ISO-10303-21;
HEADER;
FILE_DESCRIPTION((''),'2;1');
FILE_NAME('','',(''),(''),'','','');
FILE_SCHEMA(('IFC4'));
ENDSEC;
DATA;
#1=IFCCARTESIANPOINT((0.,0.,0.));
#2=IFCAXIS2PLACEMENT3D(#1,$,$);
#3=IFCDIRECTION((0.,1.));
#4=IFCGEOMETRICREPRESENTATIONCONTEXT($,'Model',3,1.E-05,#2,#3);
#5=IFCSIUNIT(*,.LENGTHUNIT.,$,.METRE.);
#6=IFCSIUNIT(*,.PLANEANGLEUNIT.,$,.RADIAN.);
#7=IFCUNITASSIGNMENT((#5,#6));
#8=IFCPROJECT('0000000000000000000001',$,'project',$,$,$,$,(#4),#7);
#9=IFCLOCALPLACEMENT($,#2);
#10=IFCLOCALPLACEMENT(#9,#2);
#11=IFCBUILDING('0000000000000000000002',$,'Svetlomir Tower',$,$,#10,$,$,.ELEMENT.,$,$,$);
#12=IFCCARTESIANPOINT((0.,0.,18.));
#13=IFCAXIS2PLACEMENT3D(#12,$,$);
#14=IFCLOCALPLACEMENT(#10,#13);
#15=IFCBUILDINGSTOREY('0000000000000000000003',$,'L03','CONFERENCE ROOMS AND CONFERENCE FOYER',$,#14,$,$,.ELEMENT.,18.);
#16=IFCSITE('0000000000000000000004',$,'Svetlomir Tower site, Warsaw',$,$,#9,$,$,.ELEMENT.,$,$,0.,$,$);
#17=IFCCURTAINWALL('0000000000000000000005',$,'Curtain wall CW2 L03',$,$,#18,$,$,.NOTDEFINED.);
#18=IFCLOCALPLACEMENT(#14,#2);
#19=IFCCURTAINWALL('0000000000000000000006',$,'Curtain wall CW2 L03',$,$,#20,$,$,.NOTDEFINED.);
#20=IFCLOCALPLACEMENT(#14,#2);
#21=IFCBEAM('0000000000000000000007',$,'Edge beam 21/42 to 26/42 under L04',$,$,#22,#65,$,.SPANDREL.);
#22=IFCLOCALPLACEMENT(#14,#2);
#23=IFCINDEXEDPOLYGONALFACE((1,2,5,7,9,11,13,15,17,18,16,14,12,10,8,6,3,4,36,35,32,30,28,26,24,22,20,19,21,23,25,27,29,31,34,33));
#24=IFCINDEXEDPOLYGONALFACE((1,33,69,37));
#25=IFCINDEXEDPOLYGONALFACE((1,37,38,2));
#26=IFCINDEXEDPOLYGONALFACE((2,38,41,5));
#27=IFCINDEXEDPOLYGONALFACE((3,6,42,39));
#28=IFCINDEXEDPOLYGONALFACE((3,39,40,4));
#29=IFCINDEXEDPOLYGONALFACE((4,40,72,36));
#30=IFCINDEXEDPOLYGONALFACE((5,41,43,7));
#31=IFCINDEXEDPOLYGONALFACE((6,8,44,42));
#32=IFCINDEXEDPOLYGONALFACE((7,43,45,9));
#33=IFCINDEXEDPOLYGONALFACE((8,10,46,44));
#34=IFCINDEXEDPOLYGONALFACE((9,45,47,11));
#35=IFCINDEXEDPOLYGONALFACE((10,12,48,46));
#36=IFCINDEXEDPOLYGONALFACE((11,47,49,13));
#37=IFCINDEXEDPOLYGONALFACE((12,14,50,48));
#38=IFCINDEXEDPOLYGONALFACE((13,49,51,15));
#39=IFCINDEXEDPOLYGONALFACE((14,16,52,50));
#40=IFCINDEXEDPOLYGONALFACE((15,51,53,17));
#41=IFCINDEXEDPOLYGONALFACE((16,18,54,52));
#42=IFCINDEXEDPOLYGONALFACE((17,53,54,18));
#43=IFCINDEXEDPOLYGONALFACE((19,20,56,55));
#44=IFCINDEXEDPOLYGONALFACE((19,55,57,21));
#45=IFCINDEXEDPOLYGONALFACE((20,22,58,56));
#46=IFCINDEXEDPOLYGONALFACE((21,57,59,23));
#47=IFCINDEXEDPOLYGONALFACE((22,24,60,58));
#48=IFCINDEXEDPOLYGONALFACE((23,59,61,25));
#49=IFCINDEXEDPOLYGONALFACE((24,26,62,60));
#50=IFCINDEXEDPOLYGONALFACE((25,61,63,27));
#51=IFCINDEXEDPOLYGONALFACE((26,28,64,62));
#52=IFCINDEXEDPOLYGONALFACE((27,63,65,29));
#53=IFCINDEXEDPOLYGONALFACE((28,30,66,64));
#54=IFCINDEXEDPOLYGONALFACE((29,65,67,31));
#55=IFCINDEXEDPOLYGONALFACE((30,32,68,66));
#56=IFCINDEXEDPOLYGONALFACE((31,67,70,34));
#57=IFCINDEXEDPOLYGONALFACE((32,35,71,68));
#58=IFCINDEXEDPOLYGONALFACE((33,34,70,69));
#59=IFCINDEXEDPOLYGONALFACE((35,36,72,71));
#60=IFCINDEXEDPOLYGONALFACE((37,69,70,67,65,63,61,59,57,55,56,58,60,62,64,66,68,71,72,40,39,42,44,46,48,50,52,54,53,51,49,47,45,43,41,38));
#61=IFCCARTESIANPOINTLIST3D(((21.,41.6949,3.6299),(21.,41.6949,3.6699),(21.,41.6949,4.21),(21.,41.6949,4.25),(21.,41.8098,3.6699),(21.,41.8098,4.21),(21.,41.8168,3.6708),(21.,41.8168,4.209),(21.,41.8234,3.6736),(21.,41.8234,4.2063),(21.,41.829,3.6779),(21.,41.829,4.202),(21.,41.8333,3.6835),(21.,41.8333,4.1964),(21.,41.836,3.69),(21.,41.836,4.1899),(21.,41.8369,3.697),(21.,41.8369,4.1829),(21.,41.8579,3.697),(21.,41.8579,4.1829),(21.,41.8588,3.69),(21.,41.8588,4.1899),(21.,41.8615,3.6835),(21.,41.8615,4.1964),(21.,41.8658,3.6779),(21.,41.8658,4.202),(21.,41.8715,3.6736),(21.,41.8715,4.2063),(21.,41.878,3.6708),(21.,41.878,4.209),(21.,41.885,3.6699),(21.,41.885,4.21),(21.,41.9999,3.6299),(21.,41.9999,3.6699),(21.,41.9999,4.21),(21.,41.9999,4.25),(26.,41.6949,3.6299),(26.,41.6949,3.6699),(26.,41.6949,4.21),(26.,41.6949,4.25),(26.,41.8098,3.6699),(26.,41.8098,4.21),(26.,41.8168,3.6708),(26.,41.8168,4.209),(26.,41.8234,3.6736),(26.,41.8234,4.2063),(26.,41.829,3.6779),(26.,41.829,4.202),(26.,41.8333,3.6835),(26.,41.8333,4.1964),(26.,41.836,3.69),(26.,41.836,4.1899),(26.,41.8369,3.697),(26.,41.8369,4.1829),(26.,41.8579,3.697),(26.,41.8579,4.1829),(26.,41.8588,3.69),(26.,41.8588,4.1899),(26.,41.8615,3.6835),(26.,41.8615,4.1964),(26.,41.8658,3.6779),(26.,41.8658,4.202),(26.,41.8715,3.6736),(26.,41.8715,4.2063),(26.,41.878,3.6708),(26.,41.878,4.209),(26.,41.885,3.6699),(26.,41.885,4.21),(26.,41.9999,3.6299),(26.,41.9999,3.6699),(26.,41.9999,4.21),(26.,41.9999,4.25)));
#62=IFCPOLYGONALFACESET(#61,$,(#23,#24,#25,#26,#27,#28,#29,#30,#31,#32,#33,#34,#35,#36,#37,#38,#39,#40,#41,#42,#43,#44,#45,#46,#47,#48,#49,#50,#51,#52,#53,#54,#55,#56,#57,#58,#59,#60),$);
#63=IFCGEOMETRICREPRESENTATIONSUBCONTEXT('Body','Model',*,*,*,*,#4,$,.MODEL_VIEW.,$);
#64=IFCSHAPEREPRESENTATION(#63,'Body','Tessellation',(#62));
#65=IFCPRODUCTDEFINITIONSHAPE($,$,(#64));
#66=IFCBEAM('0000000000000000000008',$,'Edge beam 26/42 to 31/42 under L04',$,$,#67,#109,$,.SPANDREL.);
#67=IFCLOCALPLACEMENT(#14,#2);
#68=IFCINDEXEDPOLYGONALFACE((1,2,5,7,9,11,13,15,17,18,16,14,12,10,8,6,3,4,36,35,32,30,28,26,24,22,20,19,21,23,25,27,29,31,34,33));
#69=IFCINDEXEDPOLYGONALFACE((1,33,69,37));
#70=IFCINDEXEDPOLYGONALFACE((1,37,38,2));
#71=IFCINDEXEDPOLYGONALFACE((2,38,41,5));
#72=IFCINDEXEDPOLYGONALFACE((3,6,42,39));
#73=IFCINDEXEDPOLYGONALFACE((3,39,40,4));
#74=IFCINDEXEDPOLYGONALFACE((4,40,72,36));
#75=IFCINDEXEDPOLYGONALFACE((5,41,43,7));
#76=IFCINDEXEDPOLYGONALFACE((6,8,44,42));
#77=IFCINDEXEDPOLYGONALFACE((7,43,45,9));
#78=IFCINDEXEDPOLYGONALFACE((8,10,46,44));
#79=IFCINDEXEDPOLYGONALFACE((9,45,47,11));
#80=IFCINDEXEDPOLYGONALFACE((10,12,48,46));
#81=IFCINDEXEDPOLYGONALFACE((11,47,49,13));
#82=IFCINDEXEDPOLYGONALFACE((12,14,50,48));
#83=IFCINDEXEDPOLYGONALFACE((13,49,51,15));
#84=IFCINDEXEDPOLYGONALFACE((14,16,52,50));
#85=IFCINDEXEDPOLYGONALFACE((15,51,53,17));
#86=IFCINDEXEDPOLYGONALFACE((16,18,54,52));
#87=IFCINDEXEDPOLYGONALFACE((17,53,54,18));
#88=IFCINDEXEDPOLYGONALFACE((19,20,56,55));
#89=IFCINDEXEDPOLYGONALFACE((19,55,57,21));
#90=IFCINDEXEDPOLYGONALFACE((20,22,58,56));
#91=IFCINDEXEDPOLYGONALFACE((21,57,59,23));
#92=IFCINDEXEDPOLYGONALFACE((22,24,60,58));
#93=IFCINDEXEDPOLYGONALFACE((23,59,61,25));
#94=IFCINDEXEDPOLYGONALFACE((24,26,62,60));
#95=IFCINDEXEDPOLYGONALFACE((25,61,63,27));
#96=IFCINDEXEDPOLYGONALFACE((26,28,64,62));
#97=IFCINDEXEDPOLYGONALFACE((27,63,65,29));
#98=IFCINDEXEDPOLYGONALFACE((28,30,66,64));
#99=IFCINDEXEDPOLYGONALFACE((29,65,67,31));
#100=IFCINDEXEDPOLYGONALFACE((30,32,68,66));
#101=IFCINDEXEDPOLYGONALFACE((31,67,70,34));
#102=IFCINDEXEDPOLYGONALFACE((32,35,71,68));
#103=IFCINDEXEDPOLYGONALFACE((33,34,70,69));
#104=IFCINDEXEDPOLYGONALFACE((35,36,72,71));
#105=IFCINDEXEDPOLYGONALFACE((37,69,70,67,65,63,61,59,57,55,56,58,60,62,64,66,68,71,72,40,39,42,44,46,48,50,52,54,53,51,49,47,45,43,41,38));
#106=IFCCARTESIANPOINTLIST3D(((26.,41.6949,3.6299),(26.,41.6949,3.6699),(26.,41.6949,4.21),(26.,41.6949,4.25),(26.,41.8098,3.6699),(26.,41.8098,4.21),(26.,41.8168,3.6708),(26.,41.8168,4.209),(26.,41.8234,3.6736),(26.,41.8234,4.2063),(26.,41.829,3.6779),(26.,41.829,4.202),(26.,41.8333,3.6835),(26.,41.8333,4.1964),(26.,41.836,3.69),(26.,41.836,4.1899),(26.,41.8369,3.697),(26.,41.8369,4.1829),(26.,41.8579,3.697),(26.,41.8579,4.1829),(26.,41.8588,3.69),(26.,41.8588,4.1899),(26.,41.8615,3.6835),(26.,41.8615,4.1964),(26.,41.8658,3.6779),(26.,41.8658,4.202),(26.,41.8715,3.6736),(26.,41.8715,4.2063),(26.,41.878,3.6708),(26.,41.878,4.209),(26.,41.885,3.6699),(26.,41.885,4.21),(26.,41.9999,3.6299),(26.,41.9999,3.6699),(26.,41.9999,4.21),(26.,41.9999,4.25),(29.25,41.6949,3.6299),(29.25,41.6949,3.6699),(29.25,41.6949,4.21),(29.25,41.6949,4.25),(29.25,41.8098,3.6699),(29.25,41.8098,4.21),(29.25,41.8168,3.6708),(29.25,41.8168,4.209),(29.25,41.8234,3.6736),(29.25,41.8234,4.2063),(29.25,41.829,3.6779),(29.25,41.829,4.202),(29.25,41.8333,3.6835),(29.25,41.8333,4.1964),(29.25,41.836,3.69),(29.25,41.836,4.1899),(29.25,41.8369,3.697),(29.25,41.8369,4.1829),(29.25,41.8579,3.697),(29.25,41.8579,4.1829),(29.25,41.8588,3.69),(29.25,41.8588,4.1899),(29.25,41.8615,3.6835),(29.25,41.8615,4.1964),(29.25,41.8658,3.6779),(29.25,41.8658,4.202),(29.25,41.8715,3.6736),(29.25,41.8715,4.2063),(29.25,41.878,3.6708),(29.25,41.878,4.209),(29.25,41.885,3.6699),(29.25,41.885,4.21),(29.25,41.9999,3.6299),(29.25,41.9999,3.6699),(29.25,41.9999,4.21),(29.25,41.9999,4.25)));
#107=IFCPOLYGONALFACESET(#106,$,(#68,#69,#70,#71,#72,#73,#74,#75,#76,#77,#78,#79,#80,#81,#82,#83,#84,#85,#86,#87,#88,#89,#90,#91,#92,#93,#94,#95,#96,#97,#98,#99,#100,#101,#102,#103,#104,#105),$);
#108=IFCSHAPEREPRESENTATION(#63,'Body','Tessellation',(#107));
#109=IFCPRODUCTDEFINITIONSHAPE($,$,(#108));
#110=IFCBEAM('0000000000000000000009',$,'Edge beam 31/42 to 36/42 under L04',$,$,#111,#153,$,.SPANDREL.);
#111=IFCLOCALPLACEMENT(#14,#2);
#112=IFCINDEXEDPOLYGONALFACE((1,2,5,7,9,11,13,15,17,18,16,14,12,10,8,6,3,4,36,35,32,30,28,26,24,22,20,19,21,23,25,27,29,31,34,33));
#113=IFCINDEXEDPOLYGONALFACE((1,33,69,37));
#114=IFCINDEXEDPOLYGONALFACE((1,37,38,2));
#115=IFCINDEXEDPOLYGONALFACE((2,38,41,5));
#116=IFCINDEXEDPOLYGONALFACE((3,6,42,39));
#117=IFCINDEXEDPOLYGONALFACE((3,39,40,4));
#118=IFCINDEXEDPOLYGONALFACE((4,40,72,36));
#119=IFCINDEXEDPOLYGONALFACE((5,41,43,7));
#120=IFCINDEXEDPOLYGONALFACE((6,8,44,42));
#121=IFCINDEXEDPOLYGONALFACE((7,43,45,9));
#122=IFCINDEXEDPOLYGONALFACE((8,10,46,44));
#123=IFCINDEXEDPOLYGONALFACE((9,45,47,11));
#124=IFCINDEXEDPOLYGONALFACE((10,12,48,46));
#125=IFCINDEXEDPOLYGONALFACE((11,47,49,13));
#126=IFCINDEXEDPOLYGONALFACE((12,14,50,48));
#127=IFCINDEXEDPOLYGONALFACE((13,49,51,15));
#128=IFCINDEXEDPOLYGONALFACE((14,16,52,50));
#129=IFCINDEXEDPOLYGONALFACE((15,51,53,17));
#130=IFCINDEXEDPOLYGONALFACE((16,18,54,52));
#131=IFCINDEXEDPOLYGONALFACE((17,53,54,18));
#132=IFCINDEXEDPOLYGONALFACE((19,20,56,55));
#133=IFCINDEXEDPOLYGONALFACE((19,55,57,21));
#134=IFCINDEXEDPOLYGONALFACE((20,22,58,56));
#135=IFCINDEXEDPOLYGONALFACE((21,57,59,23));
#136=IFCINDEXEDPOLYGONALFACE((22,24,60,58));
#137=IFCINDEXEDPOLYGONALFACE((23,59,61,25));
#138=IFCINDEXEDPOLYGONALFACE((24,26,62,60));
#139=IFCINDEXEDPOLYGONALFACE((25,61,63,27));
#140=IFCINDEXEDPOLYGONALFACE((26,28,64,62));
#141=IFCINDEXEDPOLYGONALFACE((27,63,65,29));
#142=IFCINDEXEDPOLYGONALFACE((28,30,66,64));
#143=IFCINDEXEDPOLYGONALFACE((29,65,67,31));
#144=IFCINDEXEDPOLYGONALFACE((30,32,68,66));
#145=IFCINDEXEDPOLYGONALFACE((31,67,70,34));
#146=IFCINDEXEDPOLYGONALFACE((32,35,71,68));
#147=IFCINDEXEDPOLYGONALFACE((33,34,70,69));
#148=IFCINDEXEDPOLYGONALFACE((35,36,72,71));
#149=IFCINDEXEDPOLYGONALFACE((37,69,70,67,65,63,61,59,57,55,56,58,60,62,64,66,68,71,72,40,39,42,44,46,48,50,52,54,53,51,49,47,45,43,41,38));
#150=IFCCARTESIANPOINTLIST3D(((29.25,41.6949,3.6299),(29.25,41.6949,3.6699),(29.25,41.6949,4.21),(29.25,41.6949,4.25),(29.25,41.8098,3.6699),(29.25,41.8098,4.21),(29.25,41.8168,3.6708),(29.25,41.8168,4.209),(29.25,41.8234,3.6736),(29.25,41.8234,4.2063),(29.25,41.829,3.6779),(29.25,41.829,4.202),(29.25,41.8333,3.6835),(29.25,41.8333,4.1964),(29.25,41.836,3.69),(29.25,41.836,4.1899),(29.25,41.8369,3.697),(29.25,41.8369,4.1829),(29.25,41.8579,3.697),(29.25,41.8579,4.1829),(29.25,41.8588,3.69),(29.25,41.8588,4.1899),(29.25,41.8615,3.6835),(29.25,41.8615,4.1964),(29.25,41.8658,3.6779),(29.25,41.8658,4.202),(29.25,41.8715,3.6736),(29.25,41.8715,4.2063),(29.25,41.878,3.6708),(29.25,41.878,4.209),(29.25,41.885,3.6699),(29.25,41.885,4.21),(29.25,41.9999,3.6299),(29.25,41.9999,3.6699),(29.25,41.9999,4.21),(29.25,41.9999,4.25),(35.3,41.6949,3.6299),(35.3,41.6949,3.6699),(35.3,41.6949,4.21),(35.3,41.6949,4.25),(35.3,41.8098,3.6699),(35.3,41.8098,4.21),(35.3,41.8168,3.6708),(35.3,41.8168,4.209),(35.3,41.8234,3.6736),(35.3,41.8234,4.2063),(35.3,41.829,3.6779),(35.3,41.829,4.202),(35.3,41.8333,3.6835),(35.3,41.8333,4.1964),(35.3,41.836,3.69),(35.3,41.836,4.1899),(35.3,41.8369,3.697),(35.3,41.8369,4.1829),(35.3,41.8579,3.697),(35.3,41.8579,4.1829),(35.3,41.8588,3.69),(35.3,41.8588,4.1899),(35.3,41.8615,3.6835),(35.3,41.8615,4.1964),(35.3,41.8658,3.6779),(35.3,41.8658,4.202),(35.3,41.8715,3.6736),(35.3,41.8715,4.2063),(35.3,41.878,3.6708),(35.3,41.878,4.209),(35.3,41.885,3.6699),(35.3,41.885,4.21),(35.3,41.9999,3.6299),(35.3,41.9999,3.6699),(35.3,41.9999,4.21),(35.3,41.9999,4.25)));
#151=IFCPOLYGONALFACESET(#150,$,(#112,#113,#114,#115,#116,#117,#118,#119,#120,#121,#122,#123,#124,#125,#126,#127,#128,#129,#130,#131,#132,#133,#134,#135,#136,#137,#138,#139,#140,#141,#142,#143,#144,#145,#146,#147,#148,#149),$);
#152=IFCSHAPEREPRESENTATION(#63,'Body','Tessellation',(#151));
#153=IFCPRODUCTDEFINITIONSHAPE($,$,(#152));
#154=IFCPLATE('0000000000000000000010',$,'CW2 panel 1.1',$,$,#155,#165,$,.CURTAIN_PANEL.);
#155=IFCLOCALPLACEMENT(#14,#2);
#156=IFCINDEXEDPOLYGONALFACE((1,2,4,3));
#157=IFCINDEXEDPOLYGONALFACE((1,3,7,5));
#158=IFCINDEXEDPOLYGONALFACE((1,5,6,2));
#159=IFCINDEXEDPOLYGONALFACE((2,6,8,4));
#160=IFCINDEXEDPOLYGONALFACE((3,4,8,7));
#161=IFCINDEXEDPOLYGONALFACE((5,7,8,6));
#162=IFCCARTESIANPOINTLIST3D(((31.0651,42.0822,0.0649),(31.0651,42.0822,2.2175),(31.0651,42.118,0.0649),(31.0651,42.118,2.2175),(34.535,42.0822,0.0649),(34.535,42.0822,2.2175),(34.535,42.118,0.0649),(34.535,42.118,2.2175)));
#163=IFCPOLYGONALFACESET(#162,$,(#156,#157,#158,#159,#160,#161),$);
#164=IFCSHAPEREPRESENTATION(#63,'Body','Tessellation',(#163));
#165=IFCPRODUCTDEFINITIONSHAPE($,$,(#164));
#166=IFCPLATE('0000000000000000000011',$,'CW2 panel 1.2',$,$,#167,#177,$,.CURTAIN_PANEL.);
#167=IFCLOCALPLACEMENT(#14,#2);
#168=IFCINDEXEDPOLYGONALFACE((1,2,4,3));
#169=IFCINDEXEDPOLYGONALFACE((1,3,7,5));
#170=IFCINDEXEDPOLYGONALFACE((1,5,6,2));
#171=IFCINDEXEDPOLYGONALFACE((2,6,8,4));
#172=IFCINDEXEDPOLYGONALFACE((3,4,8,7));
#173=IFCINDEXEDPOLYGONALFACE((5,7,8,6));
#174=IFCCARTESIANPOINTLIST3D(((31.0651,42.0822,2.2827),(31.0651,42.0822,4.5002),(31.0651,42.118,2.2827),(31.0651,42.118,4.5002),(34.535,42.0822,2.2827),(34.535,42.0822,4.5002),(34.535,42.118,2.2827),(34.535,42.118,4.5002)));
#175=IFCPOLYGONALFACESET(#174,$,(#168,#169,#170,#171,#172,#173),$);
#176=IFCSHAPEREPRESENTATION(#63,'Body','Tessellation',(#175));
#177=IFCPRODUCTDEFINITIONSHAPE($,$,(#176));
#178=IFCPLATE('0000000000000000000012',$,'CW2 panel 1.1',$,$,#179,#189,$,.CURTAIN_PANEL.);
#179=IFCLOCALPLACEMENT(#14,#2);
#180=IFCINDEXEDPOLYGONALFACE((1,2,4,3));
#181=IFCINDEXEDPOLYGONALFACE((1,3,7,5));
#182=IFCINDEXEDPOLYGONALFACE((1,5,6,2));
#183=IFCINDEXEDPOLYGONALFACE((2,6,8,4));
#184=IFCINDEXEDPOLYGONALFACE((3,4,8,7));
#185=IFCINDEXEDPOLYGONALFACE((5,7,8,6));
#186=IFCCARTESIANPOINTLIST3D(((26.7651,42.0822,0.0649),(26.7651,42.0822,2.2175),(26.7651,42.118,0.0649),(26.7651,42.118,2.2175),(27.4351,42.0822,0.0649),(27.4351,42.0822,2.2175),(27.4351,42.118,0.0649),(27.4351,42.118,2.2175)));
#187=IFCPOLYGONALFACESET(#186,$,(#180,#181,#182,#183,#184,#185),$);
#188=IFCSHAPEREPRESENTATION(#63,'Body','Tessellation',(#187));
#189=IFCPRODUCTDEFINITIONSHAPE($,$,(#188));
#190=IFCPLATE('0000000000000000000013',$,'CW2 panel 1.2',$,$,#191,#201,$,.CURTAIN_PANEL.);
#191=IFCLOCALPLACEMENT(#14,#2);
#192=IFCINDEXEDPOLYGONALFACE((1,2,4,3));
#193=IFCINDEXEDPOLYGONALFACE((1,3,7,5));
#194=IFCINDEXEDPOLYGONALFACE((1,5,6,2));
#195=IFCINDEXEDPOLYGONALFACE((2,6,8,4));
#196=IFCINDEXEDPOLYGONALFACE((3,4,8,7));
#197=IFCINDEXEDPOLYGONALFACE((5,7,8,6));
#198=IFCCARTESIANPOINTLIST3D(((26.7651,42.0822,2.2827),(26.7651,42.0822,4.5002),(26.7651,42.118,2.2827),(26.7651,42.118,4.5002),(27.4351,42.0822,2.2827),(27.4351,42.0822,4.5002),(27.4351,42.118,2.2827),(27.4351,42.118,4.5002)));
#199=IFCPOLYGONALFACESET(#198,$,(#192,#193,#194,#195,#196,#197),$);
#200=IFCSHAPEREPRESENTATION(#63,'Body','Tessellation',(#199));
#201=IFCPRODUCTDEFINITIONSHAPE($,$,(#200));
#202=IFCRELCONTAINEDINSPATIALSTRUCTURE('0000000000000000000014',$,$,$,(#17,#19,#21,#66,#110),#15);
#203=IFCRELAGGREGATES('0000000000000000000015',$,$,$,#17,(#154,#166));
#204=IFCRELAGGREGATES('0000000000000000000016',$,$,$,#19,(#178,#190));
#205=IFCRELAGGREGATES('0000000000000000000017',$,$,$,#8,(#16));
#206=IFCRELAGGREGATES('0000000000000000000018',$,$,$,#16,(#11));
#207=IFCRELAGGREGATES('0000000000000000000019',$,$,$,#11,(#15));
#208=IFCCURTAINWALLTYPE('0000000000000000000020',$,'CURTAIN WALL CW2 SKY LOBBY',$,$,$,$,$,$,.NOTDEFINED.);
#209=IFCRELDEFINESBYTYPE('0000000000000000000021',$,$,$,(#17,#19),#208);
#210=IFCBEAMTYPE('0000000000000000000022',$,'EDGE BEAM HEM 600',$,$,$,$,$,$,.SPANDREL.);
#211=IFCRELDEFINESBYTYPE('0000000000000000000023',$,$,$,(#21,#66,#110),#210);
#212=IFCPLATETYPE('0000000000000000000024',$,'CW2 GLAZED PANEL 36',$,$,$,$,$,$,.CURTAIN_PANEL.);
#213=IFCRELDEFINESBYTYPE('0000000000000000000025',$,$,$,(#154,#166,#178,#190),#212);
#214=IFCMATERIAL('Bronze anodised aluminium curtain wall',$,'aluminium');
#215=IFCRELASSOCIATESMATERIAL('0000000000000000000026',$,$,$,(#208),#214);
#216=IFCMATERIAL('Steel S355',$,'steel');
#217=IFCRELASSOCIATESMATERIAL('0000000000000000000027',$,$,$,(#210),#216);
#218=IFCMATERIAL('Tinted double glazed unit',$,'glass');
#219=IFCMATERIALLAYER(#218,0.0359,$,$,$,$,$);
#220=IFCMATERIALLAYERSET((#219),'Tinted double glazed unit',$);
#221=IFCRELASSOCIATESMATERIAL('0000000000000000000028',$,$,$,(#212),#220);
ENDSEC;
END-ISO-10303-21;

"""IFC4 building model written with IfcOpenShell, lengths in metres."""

from ifc_helpers import new_model, si_unit, direction, frame, origin, origin_2d, place, context, subcontext, project, spatial, rectangle, i_section, extrude, material, layer, layer_set, material_profile, profile_set, type_object, element, aggregate, save


model = new_model("IFC4")

# Units and contexts
model_context = context("Model", 3, precision=1e-05, world=origin(), true_north=direction((0.0, 1.0)))
body_context = subcontext(model_context, "Body", "Model", "MODEL_VIEW")
ifc_project = project(units=[si_unit("LENGTHUNIT", "METRE"), si_unit("PLANEANGLEUNIT", "RADIAN")], contexts=[model_context])

# Site, building, storey
site_placement = place(None, origin())
site = spatial("IfcSite", under=ifc_project, at=site_placement, Name="Svetlomir Tower site, Warsaw", CompositionType="ELEMENT", RefElevation=0.0)
building_placement = place(site_placement, origin())
building = spatial("IfcBuilding", under=site, at=building_placement, Name="Svetlomir Tower", CompositionType="ELEMENT")
storey_placement = place(building_placement, frame((0.0, 0.0, 18.0)))
storey = spatial("IfcBuildingStorey", under=building, at=storey_placement, Name="L03", Description="CONFERENCE ROOMS AND CONFERENCE FOYER", CompositionType="ELEMENT", Elevation=18.0)

# Curtain walls
ifc_material_1 = material(Name="Bronze anodised aluminium curtain wall", Category="aluminium")
curtain_wall_type = type_object("IfcCurtainWallType", Name="CURTAIN WALL CW2 SKY LOBBY", PredefinedType="NOTDEFINED", material=ifc_material_1)
curtain_wall_1_placement = place(storey_placement, origin())
curtain_wall_1 = element("IfcCurtainWall", 1, at=curtain_wall_1_placement, inside=storey, type_object=curtain_wall_type, Name="Curtain wall CW2 L03", PredefinedType="NOTDEFINED")
curtain_wall_2_placement = place(storey_placement, origin())
curtain_wall_2 = element("IfcCurtainWall", 2, at=curtain_wall_2_placement, inside=storey, type_object=curtain_wall_type, Name="Curtain wall CW2 L03", PredefinedType="NOTDEFINED")

# Beams
ifc_material_2 = material(Name="Steel S355", Category="steel")
ifc_material_profile_1 = material_profile(ifc_material_2, i_section(OverallWidth=0.3049, OverallDepth=0.6201, WebThickness=0.021, FlangeThickness=0.04, FilletRadius=0.0271, at=origin_2d()), Name="HEM 600")
ifc_profile_set_1 = profile_set([ifc_material_profile_1], Name="Steel S355")
beam_type = type_object("IfcBeamType", Name="EDGE BEAM HEM 600", PredefinedType="SPANDREL", material=ifc_profile_set_1)
beam_1_placement = place(storey_placement, frame((21.0, 41.8474, 3.9399), z_axis=(1.0, 0.0, 0.0), x_axis=(0.0, 1.0, 0.0)))
element("IfcBeam", 3, at=beam_1_placement, inside=storey, type_object=beam_type, Name="Edge beam 21/42 to 26/42 under L04", PredefinedType="SPANDREL", context=body_context, shape_type="SweptSolid", body=[
    extrude(i_section(OverallWidth=0.3049, OverallDepth=0.6201, WebThickness=0.021, FlangeThickness=0.04, FilletRadius=0.0271, at=origin_2d()), origin(), (0.0, 0.0, 1.0), 5.0),
])
beam_2_placement = place(storey_placement, frame((26.0, 41.8474, 3.9399), z_axis=(1.0, 0.0, 0.0), x_axis=(0.0, 1.0, 0.0)))
element("IfcBeam", 4, at=beam_2_placement, inside=storey, type_object=beam_type, Name="Edge beam 26/42 to 31/42 under L04", PredefinedType="SPANDREL", context=body_context, shape_type="SweptSolid", body=[
    extrude(i_section(OverallWidth=0.3049, OverallDepth=0.6201, WebThickness=0.021, FlangeThickness=0.04, FilletRadius=0.0271, at=origin_2d()), origin(), (0.0, 0.0, 1.0), 3.25),
])
beam_3_placement = place(storey_placement, frame((29.25, 41.8474, 3.9399), z_axis=(1.0, 0.0, 0.0), x_axis=(0.0, 1.0, 0.0)))
element("IfcBeam", 5, at=beam_3_placement, inside=storey, type_object=beam_type, Name="Edge beam 31/42 to 36/42 under L04", PredefinedType="SPANDREL", context=body_context, shape_type="SweptSolid", body=[
    extrude(i_section(OverallWidth=0.3049, OverallDepth=0.6201, WebThickness=0.021, FlangeThickness=0.04, FilletRadius=0.0271, at=origin_2d()), origin(), (0.0, 0.0, 1.0), 6.05),
])

# Plates
ifc_material_3 = material(Name="Tinted double glazed unit", Category="glass")
ifc_layer = layer(ifc_material_3, 0.0359)
ifc_layer_set = layer_set([ifc_layer], Name="Tinted double glazed unit")
plate_type = type_object("IfcPlateType", Name="CW2 GLAZED PANEL 36", PredefinedType="CURTAIN_PANEL", material=ifc_layer_set)
plate_1_placement = place(storey_placement, frame((32.8, 42.1001, 0.0649), z_axis=(0.0, 0.0, 1.0), x_axis=(-1.0, 0.0, 0.0)))
plate_1 = element("IfcPlate", 6, at=plate_1_placement, type_object=plate_type, Name="CW2 panel 1.1", PredefinedType="CURTAIN_PANEL", context=body_context, shape_type="SweptSolid", body=[
    extrude(rectangle(XDim=3.47, YDim=0.0359, at=origin_2d()), origin(), (0.0, 0.0, 1.0), 2.1526),
])
plate_2_placement = place(storey_placement, frame((32.8, 42.1001, 2.2827), z_axis=(0.0, 0.0, 1.0), x_axis=(-1.0, 0.0, 0.0)))
plate_2 = element("IfcPlate", 7, at=plate_2_placement, type_object=plate_type, Name="CW2 panel 1.2", PredefinedType="CURTAIN_PANEL", context=body_context, shape_type="SweptSolid", body=[
    extrude(rectangle(XDim=3.47, YDim=0.0359, at=origin_2d()), origin(), (0.0, 0.0, 1.0), 2.2175),
])
aggregate(curtain_wall_1, [plate_1, plate_2])
plate_3_placement = place(storey_placement, frame((27.1001, 42.1001, 0.0649), z_axis=(0.0, 0.0, 1.0), x_axis=(-1.0, 0.0, 0.0)))
plate_3 = element("IfcPlate", 8, at=plate_3_placement, type_object=plate_type, Name="CW2 panel 1.1", PredefinedType="CURTAIN_PANEL", context=body_context, shape_type="SweptSolid", body=[
    extrude(rectangle(XDim=0.6699, YDim=0.0359, at=origin_2d()), origin(), (0.0, 0.0, 1.0), 2.1526),
])
plate_4_placement = place(storey_placement, frame((27.1001, 42.1001, 2.2827), z_axis=(0.0, 0.0, 1.0), x_axis=(-1.0, 0.0, 0.0)))
plate_4 = element("IfcPlate", 9, at=plate_4_placement, type_object=plate_type, Name="CW2 panel 1.2", PredefinedType="CURTAIN_PANEL", context=body_context, shape_type="SweptSolid", body=[
    extrude(rectangle(XDim=0.6699, YDim=0.0359, at=origin_2d()), origin(), (0.0, 0.0, 1.0), 2.2175),
])
aggregate(curtain_wall_2, [plate_3, plate_4])

save(model, "model.ifc")
